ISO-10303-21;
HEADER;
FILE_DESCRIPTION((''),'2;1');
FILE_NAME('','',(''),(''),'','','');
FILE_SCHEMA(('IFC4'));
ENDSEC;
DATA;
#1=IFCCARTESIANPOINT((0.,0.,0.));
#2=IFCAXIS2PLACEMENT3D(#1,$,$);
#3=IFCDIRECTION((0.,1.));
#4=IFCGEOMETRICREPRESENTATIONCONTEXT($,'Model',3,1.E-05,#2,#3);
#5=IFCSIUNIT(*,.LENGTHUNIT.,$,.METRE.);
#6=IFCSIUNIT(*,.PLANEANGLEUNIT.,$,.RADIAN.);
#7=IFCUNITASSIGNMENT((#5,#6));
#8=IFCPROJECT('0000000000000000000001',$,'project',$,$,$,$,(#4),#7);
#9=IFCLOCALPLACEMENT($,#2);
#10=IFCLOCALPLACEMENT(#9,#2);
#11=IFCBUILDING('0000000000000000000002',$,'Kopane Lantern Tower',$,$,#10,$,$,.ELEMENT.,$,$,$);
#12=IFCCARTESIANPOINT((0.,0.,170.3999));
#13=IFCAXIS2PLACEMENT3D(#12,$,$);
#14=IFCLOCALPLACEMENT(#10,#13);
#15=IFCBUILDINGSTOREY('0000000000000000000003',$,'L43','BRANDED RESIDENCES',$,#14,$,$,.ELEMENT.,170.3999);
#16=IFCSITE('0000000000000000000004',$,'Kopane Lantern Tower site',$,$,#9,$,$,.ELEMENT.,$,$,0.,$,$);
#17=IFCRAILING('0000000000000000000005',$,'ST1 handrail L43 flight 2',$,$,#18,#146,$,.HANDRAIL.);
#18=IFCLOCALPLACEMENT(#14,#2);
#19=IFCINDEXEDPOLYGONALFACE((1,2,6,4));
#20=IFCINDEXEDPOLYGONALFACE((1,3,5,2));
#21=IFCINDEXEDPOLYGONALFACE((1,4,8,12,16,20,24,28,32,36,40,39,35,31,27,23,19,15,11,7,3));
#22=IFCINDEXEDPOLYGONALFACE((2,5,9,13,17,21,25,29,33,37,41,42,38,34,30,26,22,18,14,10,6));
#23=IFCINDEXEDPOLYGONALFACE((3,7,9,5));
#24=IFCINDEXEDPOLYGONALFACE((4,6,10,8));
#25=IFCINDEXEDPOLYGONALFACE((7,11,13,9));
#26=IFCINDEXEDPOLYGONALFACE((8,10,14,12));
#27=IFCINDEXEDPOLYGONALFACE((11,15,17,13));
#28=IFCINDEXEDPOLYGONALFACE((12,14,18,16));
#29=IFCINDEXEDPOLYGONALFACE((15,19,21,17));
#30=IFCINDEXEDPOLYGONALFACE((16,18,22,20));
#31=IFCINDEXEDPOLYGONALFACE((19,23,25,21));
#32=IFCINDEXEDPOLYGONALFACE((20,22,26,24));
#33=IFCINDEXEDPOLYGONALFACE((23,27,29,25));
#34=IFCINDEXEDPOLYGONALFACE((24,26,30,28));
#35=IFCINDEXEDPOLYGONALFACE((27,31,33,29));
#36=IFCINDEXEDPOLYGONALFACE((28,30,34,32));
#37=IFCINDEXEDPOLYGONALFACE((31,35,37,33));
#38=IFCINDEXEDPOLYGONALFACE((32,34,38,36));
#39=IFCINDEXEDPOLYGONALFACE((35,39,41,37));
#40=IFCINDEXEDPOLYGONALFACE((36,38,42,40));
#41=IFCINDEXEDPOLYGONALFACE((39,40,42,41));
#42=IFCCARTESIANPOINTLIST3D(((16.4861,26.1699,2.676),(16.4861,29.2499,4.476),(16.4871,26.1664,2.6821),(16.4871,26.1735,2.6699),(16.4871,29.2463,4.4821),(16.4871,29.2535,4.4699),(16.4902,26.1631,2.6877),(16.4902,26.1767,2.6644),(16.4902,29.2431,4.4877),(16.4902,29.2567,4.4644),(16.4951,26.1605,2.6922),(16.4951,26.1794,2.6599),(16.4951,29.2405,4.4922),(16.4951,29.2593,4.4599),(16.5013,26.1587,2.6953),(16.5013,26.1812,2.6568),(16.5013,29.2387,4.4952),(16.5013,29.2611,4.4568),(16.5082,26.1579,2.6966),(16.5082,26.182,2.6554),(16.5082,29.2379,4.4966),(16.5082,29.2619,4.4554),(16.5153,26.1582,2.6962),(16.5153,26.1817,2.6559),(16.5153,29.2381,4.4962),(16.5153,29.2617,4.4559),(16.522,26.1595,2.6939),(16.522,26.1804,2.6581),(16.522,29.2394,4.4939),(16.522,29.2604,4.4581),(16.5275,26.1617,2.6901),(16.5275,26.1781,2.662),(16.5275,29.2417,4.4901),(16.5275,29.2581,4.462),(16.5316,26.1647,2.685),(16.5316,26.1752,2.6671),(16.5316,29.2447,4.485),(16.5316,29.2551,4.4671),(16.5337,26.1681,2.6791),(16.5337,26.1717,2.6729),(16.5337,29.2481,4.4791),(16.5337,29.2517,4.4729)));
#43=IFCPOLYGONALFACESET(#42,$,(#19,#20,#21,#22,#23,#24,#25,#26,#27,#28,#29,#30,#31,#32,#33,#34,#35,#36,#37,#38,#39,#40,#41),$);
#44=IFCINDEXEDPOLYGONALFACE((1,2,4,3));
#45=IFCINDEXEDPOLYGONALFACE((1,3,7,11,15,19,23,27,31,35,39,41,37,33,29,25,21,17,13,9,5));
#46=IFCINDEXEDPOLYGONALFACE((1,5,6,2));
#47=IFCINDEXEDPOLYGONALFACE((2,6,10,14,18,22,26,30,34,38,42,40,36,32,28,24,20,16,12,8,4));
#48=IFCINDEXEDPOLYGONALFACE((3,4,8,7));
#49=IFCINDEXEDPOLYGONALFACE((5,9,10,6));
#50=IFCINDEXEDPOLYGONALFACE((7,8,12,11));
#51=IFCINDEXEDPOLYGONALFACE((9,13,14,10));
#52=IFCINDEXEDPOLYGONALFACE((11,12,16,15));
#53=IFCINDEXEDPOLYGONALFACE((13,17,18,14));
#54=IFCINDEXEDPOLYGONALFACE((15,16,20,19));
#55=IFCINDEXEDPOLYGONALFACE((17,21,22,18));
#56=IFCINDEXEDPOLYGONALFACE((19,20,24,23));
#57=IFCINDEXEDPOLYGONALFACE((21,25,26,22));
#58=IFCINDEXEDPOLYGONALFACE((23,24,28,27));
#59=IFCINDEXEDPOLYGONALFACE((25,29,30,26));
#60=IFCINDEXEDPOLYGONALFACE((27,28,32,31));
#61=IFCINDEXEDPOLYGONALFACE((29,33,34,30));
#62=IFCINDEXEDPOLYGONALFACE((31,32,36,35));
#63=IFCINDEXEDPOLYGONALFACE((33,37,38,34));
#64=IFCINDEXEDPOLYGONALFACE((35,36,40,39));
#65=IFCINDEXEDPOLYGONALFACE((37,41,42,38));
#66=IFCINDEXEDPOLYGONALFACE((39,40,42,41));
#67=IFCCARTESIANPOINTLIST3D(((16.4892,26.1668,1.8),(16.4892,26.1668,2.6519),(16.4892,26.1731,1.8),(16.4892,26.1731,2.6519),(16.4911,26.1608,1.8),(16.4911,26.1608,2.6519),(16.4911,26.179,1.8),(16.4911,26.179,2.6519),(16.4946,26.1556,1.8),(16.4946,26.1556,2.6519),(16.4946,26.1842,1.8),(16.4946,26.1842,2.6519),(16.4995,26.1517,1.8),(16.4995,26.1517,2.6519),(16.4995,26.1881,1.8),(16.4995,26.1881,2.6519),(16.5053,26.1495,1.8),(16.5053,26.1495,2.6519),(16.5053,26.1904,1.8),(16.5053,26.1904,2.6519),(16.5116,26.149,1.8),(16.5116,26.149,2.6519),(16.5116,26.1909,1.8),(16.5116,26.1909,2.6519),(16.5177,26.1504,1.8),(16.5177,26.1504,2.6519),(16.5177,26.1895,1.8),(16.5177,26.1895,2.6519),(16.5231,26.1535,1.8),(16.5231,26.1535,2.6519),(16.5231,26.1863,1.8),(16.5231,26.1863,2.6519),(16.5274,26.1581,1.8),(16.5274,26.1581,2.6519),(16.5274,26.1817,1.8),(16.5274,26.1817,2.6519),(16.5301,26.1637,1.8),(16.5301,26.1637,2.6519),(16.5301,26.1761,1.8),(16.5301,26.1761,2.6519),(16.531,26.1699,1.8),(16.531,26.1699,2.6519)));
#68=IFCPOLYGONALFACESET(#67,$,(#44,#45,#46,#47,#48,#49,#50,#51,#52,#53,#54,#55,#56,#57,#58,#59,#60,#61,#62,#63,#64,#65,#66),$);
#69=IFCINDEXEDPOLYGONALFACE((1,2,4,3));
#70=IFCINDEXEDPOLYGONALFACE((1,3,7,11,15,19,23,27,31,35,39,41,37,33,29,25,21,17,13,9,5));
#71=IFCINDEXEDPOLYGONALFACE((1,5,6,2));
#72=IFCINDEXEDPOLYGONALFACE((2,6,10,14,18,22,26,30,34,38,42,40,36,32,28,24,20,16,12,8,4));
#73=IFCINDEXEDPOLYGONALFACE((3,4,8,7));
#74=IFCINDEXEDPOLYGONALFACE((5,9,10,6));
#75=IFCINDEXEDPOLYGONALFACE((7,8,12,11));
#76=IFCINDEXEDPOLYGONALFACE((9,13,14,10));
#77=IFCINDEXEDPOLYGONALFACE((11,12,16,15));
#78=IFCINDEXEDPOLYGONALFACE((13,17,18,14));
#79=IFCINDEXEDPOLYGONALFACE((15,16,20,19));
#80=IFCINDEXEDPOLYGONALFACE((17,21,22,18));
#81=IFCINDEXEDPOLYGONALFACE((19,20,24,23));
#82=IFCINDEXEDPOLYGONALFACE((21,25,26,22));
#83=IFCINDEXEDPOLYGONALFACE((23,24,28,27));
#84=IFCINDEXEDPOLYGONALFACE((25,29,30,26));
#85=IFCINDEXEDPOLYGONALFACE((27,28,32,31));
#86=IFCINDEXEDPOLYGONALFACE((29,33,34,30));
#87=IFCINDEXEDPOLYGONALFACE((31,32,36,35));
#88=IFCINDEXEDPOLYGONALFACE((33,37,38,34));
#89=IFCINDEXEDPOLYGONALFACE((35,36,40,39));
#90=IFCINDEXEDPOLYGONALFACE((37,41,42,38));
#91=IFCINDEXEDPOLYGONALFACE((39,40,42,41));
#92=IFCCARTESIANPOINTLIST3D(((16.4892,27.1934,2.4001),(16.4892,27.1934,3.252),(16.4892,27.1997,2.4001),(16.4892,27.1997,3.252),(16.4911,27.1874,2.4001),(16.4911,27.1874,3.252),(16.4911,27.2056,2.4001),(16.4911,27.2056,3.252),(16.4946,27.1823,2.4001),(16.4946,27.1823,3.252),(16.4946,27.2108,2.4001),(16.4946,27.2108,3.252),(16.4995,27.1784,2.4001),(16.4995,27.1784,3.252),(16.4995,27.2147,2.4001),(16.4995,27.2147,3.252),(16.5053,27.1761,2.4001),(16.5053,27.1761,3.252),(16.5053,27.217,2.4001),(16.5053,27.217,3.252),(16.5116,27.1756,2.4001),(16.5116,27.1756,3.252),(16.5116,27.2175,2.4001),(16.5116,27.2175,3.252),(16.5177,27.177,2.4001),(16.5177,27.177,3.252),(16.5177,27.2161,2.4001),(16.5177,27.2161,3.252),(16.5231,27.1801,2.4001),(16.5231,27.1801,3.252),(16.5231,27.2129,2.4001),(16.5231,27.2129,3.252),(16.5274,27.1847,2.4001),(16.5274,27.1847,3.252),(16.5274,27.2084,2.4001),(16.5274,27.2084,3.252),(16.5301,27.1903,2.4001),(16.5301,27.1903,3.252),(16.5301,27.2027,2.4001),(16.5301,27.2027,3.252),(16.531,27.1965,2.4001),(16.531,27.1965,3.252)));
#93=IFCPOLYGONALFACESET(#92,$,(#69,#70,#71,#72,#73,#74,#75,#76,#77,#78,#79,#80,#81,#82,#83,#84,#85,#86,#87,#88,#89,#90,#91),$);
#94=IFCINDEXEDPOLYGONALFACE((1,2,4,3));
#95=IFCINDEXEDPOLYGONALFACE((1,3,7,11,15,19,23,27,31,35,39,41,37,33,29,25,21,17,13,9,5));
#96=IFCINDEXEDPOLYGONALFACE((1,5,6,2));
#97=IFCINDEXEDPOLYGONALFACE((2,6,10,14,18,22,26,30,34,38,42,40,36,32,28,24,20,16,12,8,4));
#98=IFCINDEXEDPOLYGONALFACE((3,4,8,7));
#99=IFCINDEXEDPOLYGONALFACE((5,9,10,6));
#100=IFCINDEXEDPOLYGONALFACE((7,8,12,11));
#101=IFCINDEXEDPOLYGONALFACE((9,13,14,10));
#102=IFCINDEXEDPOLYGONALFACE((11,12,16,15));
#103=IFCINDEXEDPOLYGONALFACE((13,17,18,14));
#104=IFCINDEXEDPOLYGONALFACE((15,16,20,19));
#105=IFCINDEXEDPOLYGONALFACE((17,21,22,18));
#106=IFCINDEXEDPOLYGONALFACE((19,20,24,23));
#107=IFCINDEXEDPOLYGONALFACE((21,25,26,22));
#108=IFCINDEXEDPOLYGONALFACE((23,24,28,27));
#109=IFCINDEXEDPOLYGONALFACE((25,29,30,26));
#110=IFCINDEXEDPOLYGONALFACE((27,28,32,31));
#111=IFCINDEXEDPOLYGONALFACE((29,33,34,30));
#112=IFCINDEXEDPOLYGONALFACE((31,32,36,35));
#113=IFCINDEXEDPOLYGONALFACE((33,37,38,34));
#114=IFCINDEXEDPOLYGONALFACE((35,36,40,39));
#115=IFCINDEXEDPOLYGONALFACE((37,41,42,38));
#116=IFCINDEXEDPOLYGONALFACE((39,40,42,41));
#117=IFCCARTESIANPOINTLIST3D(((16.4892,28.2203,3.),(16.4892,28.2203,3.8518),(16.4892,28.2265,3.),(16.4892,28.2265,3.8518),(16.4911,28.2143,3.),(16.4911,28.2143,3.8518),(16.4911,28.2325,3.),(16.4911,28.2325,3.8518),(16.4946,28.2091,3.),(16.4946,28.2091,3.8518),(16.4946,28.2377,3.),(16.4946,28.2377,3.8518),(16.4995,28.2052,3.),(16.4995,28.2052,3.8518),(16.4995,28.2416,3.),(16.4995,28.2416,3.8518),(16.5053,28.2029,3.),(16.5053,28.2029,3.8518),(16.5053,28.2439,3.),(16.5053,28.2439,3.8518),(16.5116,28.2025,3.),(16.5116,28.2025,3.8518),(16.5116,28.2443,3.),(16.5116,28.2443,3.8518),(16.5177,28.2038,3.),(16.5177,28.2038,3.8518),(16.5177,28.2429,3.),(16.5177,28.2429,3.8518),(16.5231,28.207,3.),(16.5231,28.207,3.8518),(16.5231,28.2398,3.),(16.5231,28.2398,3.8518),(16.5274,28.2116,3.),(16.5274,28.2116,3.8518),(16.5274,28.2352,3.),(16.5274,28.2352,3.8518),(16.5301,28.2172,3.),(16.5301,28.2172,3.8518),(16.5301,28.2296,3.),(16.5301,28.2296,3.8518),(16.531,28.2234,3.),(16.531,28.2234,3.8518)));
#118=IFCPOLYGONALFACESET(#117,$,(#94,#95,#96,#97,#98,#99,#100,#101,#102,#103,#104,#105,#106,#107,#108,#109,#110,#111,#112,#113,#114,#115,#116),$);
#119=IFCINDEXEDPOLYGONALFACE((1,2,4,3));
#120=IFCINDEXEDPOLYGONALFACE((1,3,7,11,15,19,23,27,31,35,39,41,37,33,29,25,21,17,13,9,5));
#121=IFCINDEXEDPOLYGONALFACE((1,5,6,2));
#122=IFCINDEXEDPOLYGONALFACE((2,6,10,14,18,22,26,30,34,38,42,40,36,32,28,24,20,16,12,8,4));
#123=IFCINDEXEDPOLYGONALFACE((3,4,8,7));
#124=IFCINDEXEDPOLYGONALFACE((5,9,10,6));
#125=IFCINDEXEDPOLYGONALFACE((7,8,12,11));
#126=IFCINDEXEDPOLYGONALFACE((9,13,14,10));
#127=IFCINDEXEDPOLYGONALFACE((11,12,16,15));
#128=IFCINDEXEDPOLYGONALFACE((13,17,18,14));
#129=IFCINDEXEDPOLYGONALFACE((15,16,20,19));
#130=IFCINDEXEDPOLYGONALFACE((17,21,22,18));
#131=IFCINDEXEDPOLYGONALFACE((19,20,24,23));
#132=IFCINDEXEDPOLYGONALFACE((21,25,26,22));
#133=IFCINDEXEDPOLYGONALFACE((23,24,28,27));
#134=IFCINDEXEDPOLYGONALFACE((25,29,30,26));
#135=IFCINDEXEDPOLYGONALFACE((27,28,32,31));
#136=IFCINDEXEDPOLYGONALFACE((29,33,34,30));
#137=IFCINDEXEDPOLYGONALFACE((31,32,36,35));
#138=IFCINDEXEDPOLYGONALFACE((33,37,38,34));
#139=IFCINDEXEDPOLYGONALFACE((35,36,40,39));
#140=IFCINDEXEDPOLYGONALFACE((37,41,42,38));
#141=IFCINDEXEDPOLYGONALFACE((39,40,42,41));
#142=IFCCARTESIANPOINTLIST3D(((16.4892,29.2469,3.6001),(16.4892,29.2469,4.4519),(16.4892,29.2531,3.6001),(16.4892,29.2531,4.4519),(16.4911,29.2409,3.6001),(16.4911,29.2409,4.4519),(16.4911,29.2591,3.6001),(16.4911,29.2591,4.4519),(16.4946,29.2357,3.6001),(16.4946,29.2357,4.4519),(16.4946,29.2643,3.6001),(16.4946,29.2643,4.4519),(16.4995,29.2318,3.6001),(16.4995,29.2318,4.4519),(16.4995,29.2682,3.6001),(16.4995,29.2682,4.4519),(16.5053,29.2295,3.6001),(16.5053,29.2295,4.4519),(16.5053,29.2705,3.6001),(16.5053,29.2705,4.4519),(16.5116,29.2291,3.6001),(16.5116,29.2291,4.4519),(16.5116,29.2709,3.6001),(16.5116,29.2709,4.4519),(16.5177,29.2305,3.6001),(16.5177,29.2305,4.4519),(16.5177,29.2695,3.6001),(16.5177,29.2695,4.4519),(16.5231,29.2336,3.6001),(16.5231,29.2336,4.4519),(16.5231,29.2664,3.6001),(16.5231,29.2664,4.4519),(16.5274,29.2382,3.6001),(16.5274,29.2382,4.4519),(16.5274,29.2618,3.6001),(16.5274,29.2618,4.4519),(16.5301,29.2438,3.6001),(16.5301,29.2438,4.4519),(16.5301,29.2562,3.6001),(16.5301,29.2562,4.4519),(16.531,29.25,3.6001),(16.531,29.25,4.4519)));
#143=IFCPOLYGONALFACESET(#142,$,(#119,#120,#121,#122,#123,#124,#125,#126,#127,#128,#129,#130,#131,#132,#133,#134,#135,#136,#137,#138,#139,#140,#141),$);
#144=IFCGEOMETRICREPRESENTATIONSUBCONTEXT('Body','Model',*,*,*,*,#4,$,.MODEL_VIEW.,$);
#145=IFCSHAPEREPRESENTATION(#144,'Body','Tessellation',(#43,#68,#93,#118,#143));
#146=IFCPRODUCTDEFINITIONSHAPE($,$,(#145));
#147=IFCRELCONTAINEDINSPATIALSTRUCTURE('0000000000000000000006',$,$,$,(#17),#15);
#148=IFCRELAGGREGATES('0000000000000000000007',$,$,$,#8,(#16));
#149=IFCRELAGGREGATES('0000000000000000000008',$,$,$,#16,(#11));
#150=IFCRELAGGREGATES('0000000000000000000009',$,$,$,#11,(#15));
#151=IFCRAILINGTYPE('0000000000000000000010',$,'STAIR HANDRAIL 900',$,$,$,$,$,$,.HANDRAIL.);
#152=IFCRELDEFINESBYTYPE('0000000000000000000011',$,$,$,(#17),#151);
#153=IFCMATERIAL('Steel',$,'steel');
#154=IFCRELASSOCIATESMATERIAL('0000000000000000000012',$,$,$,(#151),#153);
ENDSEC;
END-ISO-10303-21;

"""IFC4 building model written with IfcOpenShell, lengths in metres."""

from ifc_helpers import new_model, si_unit, direction, frame, origin, origin_2d, place, context, subcontext, project, spatial, circle, extrude, material, type_object, element, save


model = new_model("IFC4")

# Units and contexts
model_context = context("Model", 3, precision=1e-05, world=origin(), true_north=direction((0.0, 1.0)))
body_context = subcontext(model_context, "Body", "Model", "MODEL_VIEW")
ifc_project = project(units=[si_unit("LENGTHUNIT", "METRE"), si_unit("PLANEANGLEUNIT", "RADIAN")], contexts=[model_context])

# Site, building, storey
site_placement = place(None, origin())
site = spatial("IfcSite", under=ifc_project, at=site_placement, Name="Kopane Lantern Tower site", CompositionType="ELEMENT", RefElevation=0.0)
building_placement = place(site_placement, origin())
building = spatial("IfcBuilding", under=site, at=building_placement, Name="Kopane Lantern Tower", CompositionType="ELEMENT")
storey_placement = place(building_placement, frame((0.0, 0.0, 170.3999)))
storey = spatial("IfcBuildingStorey", under=building, at=storey_placement, Name="L43", Description="BRANDED RESIDENCES", CompositionType="ELEMENT", Elevation=170.3999)

# Railing
ifc_material_1 = material(Name="Steel", Category="steel")
railing_type_1 = type_object("IfcRailingType", Name="STAIR HANDRAIL 900", PredefinedType="HANDRAIL", material=ifc_material_1)
for number, where, name in (
    (1, (16.51, 26.1699, 1.8), "ST1 handrail L43 flight 2"),
):
    element("IfcRailing", number, at=place(storey_placement, frame(where)), inside=storey, type_object=railing_type_1, Name=name, PredefinedType="HANDRAIL", context=body_context, shape_type="SweptSolid", body=[
        extrude(circle(Radius=0.0239, at=origin_2d()), frame((0.0, 0.0, 0.876), z_axis=(0.0, 0.863372, 0.504569), x_axis=(-1.0, 0.0, 0.0)), (0.0, 0.0, 1.0), 3.5674),
        extrude(circle(Radius=0.021, at=origin_2d()), origin(), (0.0, 0.0, 1.0), 0.8518),
        extrude(circle(Radius=0.021, at=origin_2d()), frame((0.0, 1.0266, 0.6001)), (0.0, 0.0, 1.0), 0.8518),
        extrude(circle(Radius=0.021, at=origin_2d()), frame((0.0, 2.0535, 1.2)), (0.0, 0.0, 1.0), 0.8518),
        extrude(circle(Radius=0.021, at=origin_2d()), frame((0.0, 3.0801, 1.8)), (0.0, 0.0, 1.0), 0.8518),
    ])

save(model, "model.ifc")
